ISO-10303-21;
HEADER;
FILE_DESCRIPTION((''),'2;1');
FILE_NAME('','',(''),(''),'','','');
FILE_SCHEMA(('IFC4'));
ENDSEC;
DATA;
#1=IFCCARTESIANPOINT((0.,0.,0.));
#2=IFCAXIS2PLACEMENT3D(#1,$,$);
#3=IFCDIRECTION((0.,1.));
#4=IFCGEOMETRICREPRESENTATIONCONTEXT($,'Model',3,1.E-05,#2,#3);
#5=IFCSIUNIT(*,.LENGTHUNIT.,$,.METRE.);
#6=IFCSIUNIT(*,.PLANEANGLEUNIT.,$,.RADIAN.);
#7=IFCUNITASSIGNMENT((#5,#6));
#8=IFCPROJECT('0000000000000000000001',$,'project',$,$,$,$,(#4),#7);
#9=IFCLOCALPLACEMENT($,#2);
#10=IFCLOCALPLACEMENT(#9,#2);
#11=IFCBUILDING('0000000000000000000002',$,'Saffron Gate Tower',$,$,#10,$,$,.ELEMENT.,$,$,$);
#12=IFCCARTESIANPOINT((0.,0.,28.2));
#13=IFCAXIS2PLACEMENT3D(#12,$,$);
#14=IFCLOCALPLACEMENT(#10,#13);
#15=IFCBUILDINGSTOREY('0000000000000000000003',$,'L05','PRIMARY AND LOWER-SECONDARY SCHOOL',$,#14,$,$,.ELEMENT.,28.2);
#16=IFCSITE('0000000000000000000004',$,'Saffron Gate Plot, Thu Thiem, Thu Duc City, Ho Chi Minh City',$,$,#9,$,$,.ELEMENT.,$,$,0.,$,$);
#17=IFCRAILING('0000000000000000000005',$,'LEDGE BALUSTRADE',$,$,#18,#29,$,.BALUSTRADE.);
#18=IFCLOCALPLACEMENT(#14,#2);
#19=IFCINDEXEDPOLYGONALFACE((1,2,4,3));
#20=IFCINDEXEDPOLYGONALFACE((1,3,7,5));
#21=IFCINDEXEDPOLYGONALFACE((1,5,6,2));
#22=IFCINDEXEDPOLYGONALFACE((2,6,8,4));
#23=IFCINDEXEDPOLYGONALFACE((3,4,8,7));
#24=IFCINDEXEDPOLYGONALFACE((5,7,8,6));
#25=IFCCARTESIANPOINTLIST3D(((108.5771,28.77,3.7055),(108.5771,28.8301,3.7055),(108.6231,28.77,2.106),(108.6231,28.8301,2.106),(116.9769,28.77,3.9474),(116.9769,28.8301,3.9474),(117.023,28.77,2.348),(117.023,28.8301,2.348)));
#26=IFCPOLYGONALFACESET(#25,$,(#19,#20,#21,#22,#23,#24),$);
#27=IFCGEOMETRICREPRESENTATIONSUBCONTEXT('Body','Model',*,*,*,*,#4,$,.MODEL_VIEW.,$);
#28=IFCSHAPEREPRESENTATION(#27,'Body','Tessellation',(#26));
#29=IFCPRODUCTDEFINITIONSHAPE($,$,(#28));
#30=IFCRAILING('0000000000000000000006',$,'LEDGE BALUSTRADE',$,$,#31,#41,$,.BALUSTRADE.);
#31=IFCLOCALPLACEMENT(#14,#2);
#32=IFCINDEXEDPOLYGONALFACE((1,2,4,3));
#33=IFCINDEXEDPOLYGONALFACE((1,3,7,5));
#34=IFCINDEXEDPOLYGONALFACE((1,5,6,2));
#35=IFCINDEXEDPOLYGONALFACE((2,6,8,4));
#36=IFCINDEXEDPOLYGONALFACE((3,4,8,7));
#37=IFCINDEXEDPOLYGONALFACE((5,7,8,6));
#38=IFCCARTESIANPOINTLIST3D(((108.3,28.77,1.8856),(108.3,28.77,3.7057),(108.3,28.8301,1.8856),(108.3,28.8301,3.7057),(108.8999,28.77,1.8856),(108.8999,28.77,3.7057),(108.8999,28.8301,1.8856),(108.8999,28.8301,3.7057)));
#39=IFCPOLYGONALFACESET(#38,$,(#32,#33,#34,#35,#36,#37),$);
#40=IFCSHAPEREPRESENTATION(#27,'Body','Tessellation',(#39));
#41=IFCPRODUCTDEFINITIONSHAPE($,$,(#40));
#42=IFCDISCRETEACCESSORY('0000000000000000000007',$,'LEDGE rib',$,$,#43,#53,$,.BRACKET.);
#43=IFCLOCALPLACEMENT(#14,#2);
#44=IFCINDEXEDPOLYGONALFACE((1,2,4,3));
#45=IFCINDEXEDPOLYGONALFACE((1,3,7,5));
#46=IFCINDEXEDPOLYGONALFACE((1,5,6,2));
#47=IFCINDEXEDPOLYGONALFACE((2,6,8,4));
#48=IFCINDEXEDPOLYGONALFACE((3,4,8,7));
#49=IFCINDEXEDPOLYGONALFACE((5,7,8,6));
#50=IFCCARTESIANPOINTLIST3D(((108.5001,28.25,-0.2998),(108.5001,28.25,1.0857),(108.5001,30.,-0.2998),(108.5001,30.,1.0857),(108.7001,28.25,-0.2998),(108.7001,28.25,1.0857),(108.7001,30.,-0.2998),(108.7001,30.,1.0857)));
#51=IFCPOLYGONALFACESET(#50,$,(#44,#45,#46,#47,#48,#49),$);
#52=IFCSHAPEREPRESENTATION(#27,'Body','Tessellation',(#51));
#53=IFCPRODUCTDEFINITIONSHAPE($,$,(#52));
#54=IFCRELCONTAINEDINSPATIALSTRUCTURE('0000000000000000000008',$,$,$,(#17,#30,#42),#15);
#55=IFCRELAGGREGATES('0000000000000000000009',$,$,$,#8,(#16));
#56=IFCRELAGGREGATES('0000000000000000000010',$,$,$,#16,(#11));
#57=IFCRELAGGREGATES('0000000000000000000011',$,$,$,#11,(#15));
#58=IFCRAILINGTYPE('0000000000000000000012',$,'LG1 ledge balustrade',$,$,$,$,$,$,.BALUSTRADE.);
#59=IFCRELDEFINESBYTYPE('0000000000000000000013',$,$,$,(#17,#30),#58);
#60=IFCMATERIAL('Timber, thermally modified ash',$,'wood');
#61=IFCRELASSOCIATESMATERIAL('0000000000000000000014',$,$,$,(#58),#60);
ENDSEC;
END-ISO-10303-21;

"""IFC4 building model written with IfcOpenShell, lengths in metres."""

from ifc_helpers import new_model, si_unit, direction, frame, origin, origin_2d, place, context, subcontext, project, spatial, rectangle, extrude, material, type_object, element, save


model = new_model("IFC4")

# Units and contexts
model_context = context("Model", 3, precision=1e-05, world=origin(), true_north=direction((0.0, 1.0)))
body_context = subcontext(model_context, "Body", "Model", "MODEL_VIEW")
ifc_project = project(units=[si_unit("LENGTHUNIT", "METRE"), si_unit("PLANEANGLEUNIT", "RADIAN")], contexts=[model_context])

# Site, building, storey
site_placement = place(None, origin())
site = spatial("IfcSite", under=ifc_project, at=site_placement, Name="Saffron Gate Plot, Thu Thiem, Thu Duc City, Ho Chi Minh City", CompositionType="ELEMENT", RefElevation=0.0)
building_placement = place(site_placement, origin())
building = spatial("IfcBuilding", under=site, at=building_placement, Name="Saffron Gate Tower", CompositionType="ELEMENT")
storey_placement = place(building_placement, frame((0.0, 0.0, 28.2)))
storey = spatial("IfcBuildingStorey", under=building, at=storey_placement, Name="L05", Description="PRIMARY AND LOWER-SECONDARY SCHOOL", CompositionType="ELEMENT", Elevation=28.2)

# Shared definitions
ifc_material_1 = material(Name="Timber, thermally modified ash", Category="wood")

# Railings
railing_type_1 = type_object("IfcRailingType", Name="LG1 ledge balustrade", PredefinedType="BALUSTRADE", material=ifc_material_1)
railing_1_placement = place(storey_placement, frame((108.6001, 28.8, 2.1057)))
element("IfcRailing", 1, at=railing_1_placement, inside=storey, type_object=railing_type_1, Name="LEDGE BALUSTRADE", PredefinedType="BALUSTRADE", context=body_context, shape_type="SweptSolid", body=[
    extrude(rectangle(XDim=0.0601, YDim=1.6001, at=origin_2d()), frame((0.0, 0.0, 0.8), z_axis=(0.999585, 0.0, 0.028791), x_axis=(0.0, 1.0, 0.0)), (0.0, 0.0, 1.0), 8.4033),
])
railing_2_placement = place(storey_placement, frame((108.3, 28.8, 1.8855)))
element("IfcRailing", 2, at=railing_2_placement, inside=storey, type_object=railing_type_1, Name="LEDGE BALUSTRADE", PredefinedType="BALUSTRADE", context=body_context, shape_type="SweptSolid", body=[
    extrude(rectangle(XDim=0.0601, YDim=1.8201, at=origin_2d()), frame((0.0, 0.0, 0.9102), z_axis=(1.0, 0.0, 0.0), x_axis=(0.0, 1.0, 0.0)), (0.0, 0.0, 1.0), 0.5999),
])

# Discrete accessory
discrete_accessory_placement = place(storey_placement, frame((108.6001, 29.125, -0.2998), z_axis=(0.0, 0.0, 1.0), x_axis=(1.0, 0.0, 0.0)))
element("IfcDiscreteAccessory", 3, at=discrete_accessory_placement, inside=storey, Name="LEDGE rib", PredefinedType="BRACKET", context=body_context, shape_type="SweptSolid", body=[
    extrude(rectangle(XDim=0.2, YDim=1.75, at=origin_2d()), origin(), (0.0, 0.0, 1.0), 1.3855),
])

save(model, "model.ifc")
